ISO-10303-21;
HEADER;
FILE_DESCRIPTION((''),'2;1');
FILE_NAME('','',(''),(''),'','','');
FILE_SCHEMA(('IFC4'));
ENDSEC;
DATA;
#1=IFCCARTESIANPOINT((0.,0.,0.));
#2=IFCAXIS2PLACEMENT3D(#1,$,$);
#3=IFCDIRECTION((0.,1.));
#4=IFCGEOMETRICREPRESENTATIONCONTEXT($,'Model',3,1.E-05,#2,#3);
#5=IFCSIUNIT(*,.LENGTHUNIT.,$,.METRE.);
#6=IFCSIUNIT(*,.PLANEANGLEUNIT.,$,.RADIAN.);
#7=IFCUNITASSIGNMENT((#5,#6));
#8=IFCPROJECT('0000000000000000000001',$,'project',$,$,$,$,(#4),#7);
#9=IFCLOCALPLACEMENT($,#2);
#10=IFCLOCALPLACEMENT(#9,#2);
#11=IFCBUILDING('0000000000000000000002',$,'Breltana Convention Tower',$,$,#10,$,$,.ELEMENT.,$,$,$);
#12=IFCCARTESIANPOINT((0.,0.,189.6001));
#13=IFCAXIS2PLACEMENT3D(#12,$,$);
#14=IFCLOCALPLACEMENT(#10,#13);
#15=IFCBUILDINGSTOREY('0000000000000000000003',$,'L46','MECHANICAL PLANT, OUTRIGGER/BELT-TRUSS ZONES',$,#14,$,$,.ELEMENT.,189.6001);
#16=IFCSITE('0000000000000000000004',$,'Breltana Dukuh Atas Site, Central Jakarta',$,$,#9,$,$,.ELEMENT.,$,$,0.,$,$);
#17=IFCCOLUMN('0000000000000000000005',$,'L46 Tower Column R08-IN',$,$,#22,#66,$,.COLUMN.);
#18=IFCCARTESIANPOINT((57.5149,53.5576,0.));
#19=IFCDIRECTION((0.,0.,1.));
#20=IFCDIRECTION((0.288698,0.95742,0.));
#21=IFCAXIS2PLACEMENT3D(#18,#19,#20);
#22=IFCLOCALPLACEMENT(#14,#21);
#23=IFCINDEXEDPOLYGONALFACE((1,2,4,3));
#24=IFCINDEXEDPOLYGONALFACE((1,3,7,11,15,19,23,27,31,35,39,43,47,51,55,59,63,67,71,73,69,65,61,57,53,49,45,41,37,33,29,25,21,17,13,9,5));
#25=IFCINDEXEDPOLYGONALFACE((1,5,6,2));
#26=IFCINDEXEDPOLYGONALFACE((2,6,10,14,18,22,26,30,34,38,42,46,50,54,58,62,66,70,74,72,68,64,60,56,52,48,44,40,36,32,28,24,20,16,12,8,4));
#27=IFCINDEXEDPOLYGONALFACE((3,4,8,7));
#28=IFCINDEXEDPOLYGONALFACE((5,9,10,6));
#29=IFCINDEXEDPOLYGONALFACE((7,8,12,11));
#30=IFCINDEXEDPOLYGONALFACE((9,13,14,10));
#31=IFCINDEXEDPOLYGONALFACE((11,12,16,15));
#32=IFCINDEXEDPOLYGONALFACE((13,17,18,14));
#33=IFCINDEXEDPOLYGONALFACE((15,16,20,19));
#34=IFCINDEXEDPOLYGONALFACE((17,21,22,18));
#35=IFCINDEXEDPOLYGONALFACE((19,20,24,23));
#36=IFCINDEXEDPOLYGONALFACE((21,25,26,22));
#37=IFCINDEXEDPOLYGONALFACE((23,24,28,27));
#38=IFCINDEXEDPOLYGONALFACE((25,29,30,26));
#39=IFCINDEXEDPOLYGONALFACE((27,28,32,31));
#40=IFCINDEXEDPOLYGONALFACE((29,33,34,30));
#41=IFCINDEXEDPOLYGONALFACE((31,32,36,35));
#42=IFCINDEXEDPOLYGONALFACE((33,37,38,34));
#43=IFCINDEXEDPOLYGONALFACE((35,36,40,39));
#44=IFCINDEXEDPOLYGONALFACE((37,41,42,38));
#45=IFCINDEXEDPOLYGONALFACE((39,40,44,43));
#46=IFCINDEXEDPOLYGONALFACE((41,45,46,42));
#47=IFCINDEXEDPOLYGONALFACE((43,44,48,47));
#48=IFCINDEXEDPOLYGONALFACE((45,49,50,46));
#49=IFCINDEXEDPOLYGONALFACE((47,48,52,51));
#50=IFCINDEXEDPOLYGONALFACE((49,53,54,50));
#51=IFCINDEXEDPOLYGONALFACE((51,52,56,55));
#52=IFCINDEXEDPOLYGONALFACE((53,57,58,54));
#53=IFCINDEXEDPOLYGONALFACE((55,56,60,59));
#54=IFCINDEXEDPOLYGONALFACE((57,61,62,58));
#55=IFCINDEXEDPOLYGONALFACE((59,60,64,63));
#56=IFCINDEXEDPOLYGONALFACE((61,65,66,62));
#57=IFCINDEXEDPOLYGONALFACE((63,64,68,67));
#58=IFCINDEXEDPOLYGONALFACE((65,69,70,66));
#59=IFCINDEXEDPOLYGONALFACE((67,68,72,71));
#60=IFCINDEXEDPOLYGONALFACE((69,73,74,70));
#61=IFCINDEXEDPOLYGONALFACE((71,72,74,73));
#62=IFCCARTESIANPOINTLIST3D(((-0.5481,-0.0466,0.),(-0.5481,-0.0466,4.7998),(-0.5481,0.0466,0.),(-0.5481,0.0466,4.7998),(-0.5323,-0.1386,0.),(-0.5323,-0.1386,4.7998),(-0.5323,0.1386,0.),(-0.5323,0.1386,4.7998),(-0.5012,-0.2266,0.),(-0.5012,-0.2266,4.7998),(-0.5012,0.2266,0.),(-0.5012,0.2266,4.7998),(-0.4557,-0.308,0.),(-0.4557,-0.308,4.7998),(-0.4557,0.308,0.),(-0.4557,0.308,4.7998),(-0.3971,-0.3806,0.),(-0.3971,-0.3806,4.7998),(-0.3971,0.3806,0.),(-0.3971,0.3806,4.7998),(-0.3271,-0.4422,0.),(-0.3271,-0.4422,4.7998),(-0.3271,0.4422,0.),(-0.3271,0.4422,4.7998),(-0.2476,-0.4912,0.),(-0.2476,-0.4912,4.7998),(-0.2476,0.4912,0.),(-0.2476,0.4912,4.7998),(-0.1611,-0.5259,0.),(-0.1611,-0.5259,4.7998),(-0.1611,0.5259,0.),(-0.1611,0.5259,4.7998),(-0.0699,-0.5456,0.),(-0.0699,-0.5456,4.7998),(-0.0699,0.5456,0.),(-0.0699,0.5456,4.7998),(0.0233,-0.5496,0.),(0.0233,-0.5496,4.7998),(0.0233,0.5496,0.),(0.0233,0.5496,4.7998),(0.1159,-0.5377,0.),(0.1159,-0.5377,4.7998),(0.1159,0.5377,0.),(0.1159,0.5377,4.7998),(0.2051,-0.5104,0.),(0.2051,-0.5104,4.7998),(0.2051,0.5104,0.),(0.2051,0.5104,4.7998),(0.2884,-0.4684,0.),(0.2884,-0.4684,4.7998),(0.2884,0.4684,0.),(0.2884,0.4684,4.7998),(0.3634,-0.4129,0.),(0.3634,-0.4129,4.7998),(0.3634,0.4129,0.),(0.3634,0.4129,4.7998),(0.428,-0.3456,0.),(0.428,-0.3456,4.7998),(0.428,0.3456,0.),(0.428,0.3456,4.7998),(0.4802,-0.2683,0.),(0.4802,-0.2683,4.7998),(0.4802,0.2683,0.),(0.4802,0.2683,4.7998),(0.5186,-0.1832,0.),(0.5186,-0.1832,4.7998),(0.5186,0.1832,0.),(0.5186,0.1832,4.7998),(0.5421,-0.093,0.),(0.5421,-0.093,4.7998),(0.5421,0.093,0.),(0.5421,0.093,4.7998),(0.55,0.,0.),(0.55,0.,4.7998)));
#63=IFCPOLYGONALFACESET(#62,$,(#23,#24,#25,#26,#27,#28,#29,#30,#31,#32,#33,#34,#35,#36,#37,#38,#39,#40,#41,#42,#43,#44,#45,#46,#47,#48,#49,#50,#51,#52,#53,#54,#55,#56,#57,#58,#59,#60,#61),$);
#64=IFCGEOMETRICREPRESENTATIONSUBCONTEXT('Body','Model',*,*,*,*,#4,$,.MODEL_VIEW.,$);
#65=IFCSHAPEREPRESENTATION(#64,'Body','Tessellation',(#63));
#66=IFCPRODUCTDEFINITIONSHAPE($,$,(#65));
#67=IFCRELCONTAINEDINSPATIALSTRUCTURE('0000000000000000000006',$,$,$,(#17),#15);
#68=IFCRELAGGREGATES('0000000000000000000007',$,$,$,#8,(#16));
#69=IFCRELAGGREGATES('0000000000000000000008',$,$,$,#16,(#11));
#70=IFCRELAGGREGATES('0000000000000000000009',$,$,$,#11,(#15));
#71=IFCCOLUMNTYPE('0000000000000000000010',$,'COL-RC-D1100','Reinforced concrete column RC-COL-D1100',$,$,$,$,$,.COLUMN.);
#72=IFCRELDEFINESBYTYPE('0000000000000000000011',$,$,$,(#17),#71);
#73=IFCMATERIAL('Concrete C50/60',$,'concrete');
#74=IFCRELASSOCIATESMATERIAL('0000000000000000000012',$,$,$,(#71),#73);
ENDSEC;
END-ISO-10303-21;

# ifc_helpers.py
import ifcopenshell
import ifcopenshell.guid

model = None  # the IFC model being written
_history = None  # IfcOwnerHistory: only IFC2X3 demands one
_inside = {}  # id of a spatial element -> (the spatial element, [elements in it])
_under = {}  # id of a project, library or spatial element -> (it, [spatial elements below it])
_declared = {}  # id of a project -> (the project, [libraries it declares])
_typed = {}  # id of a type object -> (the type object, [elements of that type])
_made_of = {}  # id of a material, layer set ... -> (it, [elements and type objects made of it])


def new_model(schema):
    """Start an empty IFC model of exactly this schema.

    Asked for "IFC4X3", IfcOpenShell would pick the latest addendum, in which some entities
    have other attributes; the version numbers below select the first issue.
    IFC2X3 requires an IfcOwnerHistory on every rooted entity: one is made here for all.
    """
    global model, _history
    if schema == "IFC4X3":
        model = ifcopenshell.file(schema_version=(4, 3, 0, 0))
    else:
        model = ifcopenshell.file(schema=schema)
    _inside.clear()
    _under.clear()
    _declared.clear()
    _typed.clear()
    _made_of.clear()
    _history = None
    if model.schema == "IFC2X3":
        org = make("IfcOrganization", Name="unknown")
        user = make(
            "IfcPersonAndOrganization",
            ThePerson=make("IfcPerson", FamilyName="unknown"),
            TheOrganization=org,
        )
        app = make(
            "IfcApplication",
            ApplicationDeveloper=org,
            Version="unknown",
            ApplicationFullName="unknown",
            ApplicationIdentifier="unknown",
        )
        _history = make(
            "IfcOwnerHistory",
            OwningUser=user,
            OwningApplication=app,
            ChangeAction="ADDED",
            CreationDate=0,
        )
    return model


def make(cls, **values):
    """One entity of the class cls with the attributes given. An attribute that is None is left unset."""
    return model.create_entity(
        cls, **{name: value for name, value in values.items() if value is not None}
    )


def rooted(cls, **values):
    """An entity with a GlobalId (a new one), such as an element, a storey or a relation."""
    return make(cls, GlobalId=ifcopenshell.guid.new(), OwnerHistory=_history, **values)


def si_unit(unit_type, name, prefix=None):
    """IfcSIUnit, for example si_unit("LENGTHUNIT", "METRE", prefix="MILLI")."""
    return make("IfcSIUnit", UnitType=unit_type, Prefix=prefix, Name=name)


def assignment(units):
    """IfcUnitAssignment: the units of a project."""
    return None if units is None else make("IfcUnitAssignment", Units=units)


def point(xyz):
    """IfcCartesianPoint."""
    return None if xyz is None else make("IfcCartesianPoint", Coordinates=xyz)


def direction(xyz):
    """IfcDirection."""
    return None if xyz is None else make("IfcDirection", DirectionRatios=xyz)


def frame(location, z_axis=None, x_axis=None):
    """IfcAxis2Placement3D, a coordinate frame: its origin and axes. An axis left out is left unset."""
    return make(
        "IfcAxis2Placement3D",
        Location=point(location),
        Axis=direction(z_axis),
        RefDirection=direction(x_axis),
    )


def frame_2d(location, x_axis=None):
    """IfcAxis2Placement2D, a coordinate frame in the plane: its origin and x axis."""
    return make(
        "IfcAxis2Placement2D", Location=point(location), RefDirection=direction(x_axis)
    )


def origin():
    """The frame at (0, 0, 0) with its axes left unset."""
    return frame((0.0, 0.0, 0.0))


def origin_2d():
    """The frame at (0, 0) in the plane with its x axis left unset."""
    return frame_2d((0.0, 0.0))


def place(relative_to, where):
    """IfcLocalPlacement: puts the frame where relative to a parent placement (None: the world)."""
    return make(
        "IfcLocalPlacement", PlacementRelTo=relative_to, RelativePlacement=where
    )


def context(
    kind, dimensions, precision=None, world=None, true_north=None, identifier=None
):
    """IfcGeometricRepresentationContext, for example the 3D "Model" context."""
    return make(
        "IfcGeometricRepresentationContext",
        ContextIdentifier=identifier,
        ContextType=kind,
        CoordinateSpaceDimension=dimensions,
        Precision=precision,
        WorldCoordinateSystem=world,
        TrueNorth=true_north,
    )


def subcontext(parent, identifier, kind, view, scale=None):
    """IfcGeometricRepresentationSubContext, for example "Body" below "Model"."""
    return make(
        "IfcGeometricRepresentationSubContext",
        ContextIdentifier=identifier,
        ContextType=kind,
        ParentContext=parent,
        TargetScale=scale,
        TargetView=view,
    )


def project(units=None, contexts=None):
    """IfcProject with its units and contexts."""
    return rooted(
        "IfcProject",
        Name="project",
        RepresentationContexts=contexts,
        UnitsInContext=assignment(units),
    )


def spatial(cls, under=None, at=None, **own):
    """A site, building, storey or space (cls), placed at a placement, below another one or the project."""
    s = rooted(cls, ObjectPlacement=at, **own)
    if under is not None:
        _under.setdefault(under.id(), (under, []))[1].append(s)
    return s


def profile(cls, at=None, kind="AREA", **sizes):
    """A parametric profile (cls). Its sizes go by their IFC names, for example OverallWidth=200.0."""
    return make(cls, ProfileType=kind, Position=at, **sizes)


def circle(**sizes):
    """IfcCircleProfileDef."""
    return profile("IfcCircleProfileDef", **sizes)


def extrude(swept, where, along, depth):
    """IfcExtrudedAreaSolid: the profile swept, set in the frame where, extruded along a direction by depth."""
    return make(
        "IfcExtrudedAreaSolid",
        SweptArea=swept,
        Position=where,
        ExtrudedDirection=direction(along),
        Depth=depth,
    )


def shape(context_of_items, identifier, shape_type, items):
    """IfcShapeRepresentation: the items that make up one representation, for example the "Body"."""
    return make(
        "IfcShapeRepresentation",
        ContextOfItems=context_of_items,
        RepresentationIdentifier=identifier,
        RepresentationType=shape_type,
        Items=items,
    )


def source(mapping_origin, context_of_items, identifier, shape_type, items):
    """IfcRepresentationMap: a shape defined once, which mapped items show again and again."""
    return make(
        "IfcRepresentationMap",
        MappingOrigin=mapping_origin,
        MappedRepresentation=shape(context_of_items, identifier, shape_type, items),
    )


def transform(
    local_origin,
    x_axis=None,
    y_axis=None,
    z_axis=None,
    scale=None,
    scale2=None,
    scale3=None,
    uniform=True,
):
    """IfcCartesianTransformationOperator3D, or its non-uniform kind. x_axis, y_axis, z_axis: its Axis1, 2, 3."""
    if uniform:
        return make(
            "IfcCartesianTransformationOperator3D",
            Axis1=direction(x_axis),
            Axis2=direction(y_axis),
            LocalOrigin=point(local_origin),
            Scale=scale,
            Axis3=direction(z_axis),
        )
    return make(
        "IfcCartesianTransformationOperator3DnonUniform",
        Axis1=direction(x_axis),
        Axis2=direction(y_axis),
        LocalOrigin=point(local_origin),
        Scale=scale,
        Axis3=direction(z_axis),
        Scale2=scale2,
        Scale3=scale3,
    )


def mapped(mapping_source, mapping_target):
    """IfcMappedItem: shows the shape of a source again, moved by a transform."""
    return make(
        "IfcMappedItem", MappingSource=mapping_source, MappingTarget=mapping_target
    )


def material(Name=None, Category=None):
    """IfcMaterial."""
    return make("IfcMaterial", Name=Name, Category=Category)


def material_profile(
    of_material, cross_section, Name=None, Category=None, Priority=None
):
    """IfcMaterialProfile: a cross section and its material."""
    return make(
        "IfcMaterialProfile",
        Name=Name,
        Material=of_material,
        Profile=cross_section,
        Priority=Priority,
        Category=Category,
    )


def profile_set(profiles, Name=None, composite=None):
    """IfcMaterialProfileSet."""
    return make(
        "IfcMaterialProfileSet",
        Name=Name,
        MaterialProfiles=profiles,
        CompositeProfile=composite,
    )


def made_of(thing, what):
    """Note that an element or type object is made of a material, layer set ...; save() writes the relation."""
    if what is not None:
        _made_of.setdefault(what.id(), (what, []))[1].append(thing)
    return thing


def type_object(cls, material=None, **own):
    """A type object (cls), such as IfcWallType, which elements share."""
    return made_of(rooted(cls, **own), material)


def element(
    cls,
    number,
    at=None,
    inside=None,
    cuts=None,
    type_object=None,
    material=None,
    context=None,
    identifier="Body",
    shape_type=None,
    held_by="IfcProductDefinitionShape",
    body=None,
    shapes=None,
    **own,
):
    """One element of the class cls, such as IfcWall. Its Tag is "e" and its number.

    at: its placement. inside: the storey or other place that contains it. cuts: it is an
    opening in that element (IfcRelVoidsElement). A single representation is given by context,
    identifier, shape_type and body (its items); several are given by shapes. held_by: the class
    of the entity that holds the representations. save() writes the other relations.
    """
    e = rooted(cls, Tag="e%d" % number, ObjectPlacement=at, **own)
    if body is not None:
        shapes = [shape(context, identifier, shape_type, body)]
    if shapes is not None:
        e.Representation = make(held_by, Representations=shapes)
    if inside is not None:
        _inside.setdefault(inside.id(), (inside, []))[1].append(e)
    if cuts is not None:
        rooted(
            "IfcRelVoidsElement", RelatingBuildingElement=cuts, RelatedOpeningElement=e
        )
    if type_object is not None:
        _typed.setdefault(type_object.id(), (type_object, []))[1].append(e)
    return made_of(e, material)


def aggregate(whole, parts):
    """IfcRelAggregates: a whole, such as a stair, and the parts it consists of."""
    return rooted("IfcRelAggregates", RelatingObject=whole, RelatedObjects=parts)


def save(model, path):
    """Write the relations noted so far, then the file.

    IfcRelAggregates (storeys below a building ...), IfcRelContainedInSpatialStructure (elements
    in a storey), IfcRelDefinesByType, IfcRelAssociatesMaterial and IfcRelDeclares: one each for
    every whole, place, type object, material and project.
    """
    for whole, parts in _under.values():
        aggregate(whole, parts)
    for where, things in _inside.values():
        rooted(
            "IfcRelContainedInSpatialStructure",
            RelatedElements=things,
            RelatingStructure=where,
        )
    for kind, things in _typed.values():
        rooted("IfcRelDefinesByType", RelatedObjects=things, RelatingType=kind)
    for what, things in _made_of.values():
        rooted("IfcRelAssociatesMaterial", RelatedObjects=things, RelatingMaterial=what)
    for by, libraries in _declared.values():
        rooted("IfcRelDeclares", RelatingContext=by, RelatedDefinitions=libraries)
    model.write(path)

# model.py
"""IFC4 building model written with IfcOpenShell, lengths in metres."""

from ifc_helpers import new_model, si_unit, direction, frame, origin, origin_2d, place, context, subcontext, project, spatial, circle, extrude, source, transform, mapped, material, material_profile, profile_set, type_object, element, save


model = new_model("IFC4")

# Units and contexts
model_context = context("Model", 3, precision=1e-05, world=origin(), true_north=direction((0.0, 1.0)))
body_context = subcontext(model_context, "Body", "Model", "MODEL_VIEW")
ifc_project = project(units=[si_unit("LENGTHUNIT", "METRE"), si_unit("PLANEANGLEUNIT", "RADIAN")], contexts=[model_context])

# Site, building, storey
site_placement = place(None, origin())
site = spatial("IfcSite", under=ifc_project, at=site_placement, Name="Breltana Dukuh Atas Site, Central Jakarta", CompositionType="ELEMENT", RefElevation=0.0)
building_placement = place(site_placement, origin())
building = spatial("IfcBuilding", under=site, at=building_placement, Name="Breltana Convention Tower", CompositionType="ELEMENT")
storey_placement = place(building_placement, frame((0.0, 0.0, 189.6001)))
storey = spatial("IfcBuildingStorey", under=building, at=storey_placement, Name="L46", Description="MECHANICAL PLANT, OUTRIGGER/BELT-TRUSS ZONES", CompositionType="ELEMENT", Elevation=189.6001)

# Column
ifc_material_1 = material(Name="Concrete C50/60", Category="concrete")
ifc_material_profile_1 = material_profile(ifc_material_1, circle(Radius=0.55, at=origin_2d()), Name="RC-COL-D1100")
ifc_profile_set_1 = profile_set([ifc_material_profile_1], Name="Concrete C50/60")
column_type = type_object("IfcColumnType", Name="COL-RC-D1100", Description="Reinforced concrete column RC-COL-D1100", PredefinedType="COLUMN", material=ifc_profile_set_1)
shared_shape_1 = source(origin(), body_context, "Body", "SweptSolid", [
    extrude(circle(Radius=0.55, at=origin_2d()), origin(), (0.0, 0.0, 1.0), 4.7998),
])
for number, where, z_axis, x_axis, name in (
    (1, (57.5149, 53.5576, 0.0), (0.0, 0.0, 1.0), (0.288698, 0.95742, 0.0), "L46 Tower Column R08-IN"),
):
    element("IfcColumn", number, at=place(storey_placement, frame(where, z_axis=z_axis, x_axis=x_axis)), inside=storey, type_object=column_type, Name=name, PredefinedType="COLUMN", context=body_context, shape_type="MappedRepresentation", body=[
        mapped(shared_shape_1, transform((0.0, 0.0, 0.0), scale=1.0)),
    ])

save(model, "model.ifc")
